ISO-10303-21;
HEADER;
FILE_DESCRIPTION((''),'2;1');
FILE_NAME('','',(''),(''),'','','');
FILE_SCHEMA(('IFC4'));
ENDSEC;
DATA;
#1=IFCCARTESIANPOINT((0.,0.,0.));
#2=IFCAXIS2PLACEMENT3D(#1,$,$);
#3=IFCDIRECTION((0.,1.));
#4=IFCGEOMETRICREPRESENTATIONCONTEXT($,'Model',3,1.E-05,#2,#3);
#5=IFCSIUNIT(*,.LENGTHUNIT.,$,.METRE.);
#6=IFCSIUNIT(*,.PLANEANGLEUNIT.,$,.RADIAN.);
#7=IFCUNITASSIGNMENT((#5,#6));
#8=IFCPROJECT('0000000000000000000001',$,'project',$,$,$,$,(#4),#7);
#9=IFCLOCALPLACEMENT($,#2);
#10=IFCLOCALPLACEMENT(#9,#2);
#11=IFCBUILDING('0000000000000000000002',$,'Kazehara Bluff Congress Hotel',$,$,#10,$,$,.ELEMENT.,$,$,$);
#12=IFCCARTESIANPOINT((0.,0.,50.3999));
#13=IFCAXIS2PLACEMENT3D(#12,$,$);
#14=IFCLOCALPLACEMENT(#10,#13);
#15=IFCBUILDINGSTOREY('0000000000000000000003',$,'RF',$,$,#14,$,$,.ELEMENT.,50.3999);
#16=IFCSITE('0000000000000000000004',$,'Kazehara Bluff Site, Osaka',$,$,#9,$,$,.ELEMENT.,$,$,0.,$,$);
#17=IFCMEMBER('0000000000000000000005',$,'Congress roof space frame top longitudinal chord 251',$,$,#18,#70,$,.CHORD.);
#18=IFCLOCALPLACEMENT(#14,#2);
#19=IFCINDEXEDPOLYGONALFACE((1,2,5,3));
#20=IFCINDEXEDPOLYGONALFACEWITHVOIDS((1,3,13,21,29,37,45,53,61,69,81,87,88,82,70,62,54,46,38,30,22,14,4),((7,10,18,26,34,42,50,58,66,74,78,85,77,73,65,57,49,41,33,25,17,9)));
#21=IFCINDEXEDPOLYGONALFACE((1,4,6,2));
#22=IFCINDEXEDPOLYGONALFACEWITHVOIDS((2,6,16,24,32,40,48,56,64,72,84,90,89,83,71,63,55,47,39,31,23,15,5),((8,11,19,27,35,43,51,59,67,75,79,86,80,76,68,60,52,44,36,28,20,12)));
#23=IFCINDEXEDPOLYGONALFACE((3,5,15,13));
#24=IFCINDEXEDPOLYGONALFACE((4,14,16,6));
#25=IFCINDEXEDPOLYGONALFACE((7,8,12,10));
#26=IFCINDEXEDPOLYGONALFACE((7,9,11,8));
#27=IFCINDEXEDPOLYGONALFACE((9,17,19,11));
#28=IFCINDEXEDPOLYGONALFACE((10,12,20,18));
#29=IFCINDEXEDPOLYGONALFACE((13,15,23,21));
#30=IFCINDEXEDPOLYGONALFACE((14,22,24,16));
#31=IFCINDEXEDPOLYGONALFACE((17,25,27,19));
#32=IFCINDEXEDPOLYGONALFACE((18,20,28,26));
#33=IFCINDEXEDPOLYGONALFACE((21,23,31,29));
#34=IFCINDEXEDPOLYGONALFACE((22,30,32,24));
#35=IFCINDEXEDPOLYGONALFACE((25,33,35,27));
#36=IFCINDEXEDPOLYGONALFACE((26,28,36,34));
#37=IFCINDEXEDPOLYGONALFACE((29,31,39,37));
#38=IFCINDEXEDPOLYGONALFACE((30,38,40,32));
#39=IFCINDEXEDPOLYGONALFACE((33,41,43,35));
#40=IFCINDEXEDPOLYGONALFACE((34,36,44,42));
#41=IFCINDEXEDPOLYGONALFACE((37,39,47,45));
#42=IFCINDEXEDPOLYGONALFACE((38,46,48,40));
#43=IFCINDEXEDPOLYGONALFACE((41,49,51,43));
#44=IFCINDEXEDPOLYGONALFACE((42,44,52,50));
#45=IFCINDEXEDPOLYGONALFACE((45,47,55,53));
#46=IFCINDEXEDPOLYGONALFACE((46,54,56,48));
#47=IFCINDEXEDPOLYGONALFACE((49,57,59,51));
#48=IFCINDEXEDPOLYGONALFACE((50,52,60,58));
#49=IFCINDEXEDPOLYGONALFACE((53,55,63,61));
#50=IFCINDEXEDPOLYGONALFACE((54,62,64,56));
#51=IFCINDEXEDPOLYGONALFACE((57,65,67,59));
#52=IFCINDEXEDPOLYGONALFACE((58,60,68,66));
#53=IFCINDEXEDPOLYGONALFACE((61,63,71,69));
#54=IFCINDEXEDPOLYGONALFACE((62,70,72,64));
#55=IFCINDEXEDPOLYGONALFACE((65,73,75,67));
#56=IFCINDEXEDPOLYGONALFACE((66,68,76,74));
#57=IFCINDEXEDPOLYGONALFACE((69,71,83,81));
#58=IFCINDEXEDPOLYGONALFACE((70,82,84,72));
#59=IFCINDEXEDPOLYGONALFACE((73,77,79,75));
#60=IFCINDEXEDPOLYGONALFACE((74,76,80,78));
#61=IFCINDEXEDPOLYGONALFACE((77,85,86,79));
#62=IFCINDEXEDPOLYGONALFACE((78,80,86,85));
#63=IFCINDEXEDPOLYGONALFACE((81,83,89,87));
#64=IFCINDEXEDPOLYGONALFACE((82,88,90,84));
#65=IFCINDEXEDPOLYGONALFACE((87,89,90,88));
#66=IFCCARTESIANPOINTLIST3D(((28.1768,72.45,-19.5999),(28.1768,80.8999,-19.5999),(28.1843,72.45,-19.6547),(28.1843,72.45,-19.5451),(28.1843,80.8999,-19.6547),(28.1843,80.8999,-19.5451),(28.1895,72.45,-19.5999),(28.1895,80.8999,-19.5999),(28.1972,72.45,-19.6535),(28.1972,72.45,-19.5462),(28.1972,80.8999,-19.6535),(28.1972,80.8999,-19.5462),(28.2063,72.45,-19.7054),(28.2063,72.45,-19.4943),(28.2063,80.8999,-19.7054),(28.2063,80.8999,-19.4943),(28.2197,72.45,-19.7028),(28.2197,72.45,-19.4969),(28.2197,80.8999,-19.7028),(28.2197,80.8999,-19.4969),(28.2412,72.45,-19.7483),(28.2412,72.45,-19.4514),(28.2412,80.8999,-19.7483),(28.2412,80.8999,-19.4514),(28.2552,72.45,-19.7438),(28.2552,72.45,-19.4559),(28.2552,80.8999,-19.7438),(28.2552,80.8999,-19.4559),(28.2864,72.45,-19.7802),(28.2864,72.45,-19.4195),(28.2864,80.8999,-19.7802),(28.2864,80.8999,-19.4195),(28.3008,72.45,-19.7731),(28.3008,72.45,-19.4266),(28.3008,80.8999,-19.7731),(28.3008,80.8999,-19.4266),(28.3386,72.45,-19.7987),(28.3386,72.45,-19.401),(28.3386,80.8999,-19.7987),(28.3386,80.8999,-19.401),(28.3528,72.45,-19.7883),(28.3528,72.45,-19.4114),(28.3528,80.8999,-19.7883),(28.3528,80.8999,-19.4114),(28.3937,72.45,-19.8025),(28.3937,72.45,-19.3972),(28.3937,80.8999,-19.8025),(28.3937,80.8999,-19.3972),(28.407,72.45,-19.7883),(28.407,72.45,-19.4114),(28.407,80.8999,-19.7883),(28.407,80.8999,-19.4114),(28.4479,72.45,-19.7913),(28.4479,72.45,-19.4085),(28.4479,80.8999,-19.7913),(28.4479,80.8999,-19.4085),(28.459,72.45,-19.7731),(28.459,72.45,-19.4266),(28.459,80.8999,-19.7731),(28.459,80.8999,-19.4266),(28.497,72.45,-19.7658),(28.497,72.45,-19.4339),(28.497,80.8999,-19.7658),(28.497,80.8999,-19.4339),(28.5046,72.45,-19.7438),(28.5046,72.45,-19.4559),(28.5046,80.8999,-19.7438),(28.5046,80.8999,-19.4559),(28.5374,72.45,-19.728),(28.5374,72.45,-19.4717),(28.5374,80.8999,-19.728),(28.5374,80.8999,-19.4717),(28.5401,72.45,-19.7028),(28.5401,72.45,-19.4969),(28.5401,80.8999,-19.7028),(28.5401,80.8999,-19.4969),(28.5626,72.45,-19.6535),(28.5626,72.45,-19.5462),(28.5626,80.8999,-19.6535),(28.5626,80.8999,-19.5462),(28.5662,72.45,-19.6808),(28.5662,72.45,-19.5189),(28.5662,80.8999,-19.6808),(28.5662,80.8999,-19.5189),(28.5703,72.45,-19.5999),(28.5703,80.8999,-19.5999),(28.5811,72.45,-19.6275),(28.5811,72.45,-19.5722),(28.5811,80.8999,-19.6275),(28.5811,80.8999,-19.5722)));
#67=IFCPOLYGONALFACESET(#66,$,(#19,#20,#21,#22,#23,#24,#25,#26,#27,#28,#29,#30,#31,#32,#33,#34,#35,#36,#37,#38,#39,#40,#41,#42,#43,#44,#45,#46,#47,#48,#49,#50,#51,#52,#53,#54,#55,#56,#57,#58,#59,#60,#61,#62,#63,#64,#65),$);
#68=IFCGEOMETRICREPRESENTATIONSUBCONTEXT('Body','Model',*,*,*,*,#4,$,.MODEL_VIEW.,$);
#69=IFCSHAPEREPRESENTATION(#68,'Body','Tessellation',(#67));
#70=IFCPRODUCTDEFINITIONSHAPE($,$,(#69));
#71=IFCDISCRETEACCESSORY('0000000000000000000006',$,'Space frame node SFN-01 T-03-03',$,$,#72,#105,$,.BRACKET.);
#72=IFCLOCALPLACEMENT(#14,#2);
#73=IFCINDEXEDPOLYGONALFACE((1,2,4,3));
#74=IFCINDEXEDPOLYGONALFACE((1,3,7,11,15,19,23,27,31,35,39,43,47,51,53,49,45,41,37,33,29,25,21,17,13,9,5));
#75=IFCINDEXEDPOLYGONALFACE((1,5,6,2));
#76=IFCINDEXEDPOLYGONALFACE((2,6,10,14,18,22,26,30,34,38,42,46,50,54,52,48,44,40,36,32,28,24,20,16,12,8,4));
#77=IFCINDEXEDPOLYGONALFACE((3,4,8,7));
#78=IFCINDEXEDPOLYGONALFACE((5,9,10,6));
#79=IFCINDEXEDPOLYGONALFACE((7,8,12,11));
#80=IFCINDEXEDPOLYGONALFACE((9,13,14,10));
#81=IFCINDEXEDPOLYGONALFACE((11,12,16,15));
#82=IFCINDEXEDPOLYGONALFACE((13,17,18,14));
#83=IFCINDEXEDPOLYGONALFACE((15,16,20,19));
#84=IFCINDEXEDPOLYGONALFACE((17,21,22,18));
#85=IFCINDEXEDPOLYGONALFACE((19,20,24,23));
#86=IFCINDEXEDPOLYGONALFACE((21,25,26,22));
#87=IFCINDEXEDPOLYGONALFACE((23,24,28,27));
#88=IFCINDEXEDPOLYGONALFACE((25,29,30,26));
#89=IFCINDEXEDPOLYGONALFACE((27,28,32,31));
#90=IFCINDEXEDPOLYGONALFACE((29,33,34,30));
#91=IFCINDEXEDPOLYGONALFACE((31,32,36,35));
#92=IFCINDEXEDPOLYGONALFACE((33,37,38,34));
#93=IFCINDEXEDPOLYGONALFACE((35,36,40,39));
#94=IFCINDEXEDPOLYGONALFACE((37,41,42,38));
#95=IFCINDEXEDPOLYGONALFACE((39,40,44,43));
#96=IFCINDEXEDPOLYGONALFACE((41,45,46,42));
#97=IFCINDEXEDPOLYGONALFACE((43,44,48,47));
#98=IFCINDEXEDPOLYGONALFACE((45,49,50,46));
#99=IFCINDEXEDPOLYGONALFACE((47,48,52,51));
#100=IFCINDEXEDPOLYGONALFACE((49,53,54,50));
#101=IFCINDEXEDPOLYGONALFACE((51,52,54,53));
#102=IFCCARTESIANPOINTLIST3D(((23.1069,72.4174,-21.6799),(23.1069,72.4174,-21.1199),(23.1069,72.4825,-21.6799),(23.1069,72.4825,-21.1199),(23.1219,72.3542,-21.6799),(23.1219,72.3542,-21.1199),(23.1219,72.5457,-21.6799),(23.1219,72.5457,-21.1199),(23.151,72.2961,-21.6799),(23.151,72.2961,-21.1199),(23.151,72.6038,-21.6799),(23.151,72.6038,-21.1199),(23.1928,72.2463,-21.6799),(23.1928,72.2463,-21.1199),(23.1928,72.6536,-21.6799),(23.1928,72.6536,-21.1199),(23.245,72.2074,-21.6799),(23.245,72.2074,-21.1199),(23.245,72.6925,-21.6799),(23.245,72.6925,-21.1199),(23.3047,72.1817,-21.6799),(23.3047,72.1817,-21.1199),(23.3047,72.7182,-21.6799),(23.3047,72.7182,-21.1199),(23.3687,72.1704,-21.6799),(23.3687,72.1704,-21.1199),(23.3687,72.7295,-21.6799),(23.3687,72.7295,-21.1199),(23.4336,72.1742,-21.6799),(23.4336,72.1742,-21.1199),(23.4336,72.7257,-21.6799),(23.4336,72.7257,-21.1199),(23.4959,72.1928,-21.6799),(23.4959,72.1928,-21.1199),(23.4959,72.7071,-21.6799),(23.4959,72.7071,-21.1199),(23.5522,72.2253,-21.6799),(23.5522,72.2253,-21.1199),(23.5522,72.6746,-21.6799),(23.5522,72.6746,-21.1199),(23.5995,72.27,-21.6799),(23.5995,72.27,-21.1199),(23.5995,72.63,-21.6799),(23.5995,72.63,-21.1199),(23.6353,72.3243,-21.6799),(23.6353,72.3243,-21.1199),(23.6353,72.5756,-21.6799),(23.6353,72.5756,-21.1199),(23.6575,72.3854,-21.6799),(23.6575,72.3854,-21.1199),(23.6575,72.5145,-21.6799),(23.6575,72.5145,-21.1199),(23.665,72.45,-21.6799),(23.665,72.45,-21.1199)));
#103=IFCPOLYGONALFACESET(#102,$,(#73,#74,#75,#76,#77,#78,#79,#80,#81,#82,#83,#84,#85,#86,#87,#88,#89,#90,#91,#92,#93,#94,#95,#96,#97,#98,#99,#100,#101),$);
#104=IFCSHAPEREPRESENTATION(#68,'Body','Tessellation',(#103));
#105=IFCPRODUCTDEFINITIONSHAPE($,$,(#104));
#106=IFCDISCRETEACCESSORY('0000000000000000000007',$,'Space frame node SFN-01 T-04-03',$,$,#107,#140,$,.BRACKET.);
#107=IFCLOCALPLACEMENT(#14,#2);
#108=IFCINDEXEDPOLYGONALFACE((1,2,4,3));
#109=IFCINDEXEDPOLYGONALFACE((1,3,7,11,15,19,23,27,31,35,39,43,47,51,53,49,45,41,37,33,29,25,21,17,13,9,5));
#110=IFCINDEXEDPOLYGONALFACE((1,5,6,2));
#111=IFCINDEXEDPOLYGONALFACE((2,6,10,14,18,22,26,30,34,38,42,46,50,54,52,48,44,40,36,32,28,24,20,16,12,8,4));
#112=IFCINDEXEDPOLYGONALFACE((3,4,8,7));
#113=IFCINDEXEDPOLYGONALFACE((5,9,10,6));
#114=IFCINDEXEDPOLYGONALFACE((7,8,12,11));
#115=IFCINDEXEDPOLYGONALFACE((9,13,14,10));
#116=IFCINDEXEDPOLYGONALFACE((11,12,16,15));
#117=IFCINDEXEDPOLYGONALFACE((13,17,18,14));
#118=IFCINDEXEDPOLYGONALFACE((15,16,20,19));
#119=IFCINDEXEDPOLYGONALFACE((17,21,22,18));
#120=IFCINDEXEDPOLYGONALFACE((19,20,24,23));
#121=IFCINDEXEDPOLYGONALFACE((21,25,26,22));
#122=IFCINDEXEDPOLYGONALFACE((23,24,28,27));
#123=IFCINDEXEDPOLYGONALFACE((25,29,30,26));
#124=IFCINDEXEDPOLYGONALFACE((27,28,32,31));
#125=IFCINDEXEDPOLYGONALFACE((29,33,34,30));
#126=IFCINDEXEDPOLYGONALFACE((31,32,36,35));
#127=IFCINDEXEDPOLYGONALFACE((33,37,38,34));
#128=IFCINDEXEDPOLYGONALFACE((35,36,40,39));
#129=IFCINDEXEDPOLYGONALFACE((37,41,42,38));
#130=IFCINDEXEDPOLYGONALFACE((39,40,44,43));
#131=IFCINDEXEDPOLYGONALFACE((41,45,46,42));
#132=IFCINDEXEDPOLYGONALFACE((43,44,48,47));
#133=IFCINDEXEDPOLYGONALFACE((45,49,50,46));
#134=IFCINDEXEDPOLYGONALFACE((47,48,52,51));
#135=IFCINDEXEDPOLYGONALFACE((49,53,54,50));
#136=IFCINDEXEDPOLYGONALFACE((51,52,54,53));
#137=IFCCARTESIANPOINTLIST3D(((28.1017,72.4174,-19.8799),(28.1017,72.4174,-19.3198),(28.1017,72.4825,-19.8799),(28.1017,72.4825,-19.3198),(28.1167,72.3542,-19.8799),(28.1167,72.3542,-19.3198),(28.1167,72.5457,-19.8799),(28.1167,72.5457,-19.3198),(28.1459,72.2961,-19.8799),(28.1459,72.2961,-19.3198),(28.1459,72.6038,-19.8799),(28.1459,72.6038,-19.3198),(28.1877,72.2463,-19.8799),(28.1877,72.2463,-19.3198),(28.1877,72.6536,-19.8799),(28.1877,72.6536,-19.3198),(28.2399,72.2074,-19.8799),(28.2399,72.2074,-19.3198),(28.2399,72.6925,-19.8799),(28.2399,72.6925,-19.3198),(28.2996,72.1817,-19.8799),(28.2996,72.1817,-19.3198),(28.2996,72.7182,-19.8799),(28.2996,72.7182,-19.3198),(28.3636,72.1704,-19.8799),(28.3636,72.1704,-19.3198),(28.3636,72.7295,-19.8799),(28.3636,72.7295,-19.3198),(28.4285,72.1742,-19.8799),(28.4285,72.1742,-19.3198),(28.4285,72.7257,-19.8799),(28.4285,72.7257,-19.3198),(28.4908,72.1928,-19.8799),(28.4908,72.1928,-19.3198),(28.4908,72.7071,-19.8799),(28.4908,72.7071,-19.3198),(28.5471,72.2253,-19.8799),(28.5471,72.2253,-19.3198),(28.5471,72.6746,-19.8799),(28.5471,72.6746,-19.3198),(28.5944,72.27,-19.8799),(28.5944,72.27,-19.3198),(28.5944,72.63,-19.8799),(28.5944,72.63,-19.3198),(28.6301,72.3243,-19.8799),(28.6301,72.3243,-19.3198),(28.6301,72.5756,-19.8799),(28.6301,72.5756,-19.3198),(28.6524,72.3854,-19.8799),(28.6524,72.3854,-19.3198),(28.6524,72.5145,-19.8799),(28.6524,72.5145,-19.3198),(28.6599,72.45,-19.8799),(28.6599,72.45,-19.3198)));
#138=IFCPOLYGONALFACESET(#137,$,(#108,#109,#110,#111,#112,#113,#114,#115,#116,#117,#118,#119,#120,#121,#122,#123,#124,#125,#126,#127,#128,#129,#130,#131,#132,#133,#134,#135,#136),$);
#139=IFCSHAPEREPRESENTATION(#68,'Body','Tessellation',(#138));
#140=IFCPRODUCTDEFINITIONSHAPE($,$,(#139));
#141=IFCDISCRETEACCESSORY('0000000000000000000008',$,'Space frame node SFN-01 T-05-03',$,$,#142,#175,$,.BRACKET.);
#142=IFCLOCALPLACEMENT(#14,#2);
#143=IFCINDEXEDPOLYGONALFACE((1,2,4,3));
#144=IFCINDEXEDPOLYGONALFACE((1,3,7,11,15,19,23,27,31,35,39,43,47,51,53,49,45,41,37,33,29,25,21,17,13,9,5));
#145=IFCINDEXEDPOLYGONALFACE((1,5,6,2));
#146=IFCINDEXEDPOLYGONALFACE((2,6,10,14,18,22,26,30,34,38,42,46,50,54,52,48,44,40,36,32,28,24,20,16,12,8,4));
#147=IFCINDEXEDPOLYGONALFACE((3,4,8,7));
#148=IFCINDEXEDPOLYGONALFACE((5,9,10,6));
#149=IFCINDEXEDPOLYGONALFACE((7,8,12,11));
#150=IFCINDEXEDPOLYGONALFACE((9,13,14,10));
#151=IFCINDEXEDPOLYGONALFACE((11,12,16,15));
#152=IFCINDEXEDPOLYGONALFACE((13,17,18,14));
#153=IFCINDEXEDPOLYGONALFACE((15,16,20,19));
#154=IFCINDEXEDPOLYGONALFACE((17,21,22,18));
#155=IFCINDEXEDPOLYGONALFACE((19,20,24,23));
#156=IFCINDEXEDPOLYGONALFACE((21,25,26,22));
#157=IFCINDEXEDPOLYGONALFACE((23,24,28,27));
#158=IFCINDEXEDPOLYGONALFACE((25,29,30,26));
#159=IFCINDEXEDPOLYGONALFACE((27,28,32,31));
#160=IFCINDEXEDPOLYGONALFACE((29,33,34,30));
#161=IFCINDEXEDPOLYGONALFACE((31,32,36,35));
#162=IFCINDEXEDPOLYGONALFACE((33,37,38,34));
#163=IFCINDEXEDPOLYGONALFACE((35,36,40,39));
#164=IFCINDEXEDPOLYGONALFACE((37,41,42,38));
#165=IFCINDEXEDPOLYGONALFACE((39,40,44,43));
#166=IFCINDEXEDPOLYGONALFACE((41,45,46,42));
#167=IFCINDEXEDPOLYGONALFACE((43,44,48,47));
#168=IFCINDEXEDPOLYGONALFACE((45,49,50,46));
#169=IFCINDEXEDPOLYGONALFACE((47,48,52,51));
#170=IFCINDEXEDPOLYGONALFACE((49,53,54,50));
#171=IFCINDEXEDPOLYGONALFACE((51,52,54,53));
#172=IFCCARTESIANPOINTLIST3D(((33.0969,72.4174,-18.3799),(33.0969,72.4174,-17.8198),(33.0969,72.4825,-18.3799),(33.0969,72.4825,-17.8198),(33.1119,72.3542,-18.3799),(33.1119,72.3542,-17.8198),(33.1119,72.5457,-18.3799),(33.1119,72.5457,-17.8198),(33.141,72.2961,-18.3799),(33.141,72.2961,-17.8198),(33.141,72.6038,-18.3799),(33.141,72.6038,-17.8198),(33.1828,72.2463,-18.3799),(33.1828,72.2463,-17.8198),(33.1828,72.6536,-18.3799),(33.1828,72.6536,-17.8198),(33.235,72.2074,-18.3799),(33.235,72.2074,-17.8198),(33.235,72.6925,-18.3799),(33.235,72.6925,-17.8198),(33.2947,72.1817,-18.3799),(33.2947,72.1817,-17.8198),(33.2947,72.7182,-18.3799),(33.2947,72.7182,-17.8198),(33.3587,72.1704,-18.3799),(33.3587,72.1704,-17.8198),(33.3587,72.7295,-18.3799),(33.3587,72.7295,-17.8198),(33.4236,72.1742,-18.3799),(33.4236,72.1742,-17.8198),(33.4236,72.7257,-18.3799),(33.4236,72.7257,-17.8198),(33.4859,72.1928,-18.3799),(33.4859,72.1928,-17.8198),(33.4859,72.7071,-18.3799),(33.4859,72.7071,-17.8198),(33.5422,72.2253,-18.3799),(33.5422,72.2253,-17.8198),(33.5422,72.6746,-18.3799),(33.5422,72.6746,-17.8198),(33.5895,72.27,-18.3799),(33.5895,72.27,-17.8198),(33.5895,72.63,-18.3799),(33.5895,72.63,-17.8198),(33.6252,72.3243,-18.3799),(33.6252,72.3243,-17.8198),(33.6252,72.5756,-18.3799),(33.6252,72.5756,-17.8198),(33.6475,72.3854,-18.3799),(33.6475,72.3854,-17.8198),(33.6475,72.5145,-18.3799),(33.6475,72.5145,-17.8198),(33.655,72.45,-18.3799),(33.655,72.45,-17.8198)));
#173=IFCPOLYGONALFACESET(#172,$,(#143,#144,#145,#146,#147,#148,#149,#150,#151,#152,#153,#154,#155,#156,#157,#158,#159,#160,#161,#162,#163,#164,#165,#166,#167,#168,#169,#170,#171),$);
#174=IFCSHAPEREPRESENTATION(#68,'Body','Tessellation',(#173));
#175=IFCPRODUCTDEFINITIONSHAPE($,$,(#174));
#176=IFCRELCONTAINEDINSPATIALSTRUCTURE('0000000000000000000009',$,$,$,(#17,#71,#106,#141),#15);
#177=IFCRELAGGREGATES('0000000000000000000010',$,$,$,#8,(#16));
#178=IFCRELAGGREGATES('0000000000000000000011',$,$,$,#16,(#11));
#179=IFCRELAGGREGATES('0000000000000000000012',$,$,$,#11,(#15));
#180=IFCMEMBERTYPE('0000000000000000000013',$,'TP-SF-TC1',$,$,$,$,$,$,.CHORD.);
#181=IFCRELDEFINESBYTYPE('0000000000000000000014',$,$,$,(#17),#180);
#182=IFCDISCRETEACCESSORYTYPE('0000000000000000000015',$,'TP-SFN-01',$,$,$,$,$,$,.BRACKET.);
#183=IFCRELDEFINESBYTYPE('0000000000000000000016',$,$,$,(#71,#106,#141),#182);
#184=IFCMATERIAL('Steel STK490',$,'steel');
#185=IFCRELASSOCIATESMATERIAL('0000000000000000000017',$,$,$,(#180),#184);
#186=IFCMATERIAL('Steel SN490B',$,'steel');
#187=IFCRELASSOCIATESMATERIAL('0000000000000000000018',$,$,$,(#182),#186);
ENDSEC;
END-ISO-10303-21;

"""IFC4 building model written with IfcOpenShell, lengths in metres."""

from ifc_helpers import new_model, si_unit, direction, frame, origin, origin_2d, place, context, subcontext, project, spatial, circle, hollow_circle, extrude, material, material_profile, profile_set, type_object, element, save


model = new_model("IFC4")

# Units and contexts
model_context = context("Model", 3, precision=1e-05, world=origin(), true_north=direction((0.0, 1.0)))
body_context = subcontext(model_context, "Body", "Model", "MODEL_VIEW")
ifc_project = project(units=[si_unit("LENGTHUNIT", "METRE"), si_unit("PLANEANGLEUNIT", "RADIAN")], contexts=[model_context])

# Site, building, storey
site_placement = place(None, origin())
site = spatial("IfcSite", under=ifc_project, at=site_placement, Name="Kazehara Bluff Site, Osaka", CompositionType="ELEMENT", RefElevation=0.0)
building_placement = place(site_placement, origin())
building = spatial("IfcBuilding", under=site, at=building_placement, Name="Kazehara Bluff Congress Hotel", CompositionType="ELEMENT")
storey_placement = place(building_placement, frame((0.0, 0.0, 50.3999)))
storey = spatial("IfcBuildingStorey", under=building, at=storey_placement, Name="RF", CompositionType="ELEMENT", Elevation=50.3999)

# Member
ifc_material_1 = material(Name="Steel STK490", Category="steel")
ifc_material_profile_1 = material_profile(ifc_material_1, hollow_circle(Radius=0.2031, WallThickness=0.0127, at=origin_2d()))
ifc_profile_set_1 = profile_set([ifc_material_profile_1], Name="Steel STK490")
member_type_1 = type_object("IfcMemberType", Name="TP-SF-TC1", PredefinedType="CHORD", material=ifc_profile_set_1)
for number, where, z_axis, x_axis, name in (
    (1, (28.3799, 72.45, -19.5999), (0.0, 1.0, 0.0), (-1.0, 0.0, 0.0), "Congress roof space frame top longitudinal chord 251"),
):
    element("IfcMember", number, at=place(storey_placement, frame(where, z_axis=z_axis, x_axis=x_axis)), inside=storey, type_object=member_type_1, Name=name, PredefinedType="CHORD", context=body_context, shape_type="SweptSolid", body=[
        extrude(hollow_circle(Radius=0.2031, WallThickness=0.0127, at=origin_2d()), origin(), (0.0, 0.0, 1.0), 8.45),
    ])

# Discrete accessories
ifc_material_2 = material(Name="Steel SN490B", Category="steel")
ifc_material_profile_2 = material_profile(ifc_material_2, circle(Radius=0.28, at=origin_2d()))
ifc_profile_set_2 = profile_set([ifc_material_profile_2], Name="Steel SN490B")
discrete_accessory_type_1 = type_object("IfcDiscreteAccessoryType", Name="TP-SFN-01", PredefinedType="BRACKET", material=ifc_profile_set_2)
for number, where, z_axis, x_axis, name in (
    (2, (23.385, 72.45, -21.6799), (0.0, 0.0, 1.0), (1.0, 0.0, 0.0), "Space frame node SFN-01 T-03-03"),
    (3, (28.3799, 72.45, -19.8799), (0.0, 0.0, 1.0), (1.0, 0.0, 0.0), "Space frame node SFN-01 T-04-03"),
    (4, (33.375, 72.45, -18.3799), (0.0, 0.0, 1.0), (1.0, 0.0, 0.0), "Space frame node SFN-01 T-05-03"),
):
    element("IfcDiscreteAccessory", number, at=place(storey_placement, frame(where, z_axis=z_axis, x_axis=x_axis)), inside=storey, type_object=discrete_accessory_type_1, Name=name, PredefinedType="BRACKET", context=body_context, shape_type="SweptSolid", body=[
        extrude(circle(Radius=0.28, at=origin_2d()), origin(), (0.0, 0.0, 1.0), 0.5601),
    ])

save(model, "model.ifc")
